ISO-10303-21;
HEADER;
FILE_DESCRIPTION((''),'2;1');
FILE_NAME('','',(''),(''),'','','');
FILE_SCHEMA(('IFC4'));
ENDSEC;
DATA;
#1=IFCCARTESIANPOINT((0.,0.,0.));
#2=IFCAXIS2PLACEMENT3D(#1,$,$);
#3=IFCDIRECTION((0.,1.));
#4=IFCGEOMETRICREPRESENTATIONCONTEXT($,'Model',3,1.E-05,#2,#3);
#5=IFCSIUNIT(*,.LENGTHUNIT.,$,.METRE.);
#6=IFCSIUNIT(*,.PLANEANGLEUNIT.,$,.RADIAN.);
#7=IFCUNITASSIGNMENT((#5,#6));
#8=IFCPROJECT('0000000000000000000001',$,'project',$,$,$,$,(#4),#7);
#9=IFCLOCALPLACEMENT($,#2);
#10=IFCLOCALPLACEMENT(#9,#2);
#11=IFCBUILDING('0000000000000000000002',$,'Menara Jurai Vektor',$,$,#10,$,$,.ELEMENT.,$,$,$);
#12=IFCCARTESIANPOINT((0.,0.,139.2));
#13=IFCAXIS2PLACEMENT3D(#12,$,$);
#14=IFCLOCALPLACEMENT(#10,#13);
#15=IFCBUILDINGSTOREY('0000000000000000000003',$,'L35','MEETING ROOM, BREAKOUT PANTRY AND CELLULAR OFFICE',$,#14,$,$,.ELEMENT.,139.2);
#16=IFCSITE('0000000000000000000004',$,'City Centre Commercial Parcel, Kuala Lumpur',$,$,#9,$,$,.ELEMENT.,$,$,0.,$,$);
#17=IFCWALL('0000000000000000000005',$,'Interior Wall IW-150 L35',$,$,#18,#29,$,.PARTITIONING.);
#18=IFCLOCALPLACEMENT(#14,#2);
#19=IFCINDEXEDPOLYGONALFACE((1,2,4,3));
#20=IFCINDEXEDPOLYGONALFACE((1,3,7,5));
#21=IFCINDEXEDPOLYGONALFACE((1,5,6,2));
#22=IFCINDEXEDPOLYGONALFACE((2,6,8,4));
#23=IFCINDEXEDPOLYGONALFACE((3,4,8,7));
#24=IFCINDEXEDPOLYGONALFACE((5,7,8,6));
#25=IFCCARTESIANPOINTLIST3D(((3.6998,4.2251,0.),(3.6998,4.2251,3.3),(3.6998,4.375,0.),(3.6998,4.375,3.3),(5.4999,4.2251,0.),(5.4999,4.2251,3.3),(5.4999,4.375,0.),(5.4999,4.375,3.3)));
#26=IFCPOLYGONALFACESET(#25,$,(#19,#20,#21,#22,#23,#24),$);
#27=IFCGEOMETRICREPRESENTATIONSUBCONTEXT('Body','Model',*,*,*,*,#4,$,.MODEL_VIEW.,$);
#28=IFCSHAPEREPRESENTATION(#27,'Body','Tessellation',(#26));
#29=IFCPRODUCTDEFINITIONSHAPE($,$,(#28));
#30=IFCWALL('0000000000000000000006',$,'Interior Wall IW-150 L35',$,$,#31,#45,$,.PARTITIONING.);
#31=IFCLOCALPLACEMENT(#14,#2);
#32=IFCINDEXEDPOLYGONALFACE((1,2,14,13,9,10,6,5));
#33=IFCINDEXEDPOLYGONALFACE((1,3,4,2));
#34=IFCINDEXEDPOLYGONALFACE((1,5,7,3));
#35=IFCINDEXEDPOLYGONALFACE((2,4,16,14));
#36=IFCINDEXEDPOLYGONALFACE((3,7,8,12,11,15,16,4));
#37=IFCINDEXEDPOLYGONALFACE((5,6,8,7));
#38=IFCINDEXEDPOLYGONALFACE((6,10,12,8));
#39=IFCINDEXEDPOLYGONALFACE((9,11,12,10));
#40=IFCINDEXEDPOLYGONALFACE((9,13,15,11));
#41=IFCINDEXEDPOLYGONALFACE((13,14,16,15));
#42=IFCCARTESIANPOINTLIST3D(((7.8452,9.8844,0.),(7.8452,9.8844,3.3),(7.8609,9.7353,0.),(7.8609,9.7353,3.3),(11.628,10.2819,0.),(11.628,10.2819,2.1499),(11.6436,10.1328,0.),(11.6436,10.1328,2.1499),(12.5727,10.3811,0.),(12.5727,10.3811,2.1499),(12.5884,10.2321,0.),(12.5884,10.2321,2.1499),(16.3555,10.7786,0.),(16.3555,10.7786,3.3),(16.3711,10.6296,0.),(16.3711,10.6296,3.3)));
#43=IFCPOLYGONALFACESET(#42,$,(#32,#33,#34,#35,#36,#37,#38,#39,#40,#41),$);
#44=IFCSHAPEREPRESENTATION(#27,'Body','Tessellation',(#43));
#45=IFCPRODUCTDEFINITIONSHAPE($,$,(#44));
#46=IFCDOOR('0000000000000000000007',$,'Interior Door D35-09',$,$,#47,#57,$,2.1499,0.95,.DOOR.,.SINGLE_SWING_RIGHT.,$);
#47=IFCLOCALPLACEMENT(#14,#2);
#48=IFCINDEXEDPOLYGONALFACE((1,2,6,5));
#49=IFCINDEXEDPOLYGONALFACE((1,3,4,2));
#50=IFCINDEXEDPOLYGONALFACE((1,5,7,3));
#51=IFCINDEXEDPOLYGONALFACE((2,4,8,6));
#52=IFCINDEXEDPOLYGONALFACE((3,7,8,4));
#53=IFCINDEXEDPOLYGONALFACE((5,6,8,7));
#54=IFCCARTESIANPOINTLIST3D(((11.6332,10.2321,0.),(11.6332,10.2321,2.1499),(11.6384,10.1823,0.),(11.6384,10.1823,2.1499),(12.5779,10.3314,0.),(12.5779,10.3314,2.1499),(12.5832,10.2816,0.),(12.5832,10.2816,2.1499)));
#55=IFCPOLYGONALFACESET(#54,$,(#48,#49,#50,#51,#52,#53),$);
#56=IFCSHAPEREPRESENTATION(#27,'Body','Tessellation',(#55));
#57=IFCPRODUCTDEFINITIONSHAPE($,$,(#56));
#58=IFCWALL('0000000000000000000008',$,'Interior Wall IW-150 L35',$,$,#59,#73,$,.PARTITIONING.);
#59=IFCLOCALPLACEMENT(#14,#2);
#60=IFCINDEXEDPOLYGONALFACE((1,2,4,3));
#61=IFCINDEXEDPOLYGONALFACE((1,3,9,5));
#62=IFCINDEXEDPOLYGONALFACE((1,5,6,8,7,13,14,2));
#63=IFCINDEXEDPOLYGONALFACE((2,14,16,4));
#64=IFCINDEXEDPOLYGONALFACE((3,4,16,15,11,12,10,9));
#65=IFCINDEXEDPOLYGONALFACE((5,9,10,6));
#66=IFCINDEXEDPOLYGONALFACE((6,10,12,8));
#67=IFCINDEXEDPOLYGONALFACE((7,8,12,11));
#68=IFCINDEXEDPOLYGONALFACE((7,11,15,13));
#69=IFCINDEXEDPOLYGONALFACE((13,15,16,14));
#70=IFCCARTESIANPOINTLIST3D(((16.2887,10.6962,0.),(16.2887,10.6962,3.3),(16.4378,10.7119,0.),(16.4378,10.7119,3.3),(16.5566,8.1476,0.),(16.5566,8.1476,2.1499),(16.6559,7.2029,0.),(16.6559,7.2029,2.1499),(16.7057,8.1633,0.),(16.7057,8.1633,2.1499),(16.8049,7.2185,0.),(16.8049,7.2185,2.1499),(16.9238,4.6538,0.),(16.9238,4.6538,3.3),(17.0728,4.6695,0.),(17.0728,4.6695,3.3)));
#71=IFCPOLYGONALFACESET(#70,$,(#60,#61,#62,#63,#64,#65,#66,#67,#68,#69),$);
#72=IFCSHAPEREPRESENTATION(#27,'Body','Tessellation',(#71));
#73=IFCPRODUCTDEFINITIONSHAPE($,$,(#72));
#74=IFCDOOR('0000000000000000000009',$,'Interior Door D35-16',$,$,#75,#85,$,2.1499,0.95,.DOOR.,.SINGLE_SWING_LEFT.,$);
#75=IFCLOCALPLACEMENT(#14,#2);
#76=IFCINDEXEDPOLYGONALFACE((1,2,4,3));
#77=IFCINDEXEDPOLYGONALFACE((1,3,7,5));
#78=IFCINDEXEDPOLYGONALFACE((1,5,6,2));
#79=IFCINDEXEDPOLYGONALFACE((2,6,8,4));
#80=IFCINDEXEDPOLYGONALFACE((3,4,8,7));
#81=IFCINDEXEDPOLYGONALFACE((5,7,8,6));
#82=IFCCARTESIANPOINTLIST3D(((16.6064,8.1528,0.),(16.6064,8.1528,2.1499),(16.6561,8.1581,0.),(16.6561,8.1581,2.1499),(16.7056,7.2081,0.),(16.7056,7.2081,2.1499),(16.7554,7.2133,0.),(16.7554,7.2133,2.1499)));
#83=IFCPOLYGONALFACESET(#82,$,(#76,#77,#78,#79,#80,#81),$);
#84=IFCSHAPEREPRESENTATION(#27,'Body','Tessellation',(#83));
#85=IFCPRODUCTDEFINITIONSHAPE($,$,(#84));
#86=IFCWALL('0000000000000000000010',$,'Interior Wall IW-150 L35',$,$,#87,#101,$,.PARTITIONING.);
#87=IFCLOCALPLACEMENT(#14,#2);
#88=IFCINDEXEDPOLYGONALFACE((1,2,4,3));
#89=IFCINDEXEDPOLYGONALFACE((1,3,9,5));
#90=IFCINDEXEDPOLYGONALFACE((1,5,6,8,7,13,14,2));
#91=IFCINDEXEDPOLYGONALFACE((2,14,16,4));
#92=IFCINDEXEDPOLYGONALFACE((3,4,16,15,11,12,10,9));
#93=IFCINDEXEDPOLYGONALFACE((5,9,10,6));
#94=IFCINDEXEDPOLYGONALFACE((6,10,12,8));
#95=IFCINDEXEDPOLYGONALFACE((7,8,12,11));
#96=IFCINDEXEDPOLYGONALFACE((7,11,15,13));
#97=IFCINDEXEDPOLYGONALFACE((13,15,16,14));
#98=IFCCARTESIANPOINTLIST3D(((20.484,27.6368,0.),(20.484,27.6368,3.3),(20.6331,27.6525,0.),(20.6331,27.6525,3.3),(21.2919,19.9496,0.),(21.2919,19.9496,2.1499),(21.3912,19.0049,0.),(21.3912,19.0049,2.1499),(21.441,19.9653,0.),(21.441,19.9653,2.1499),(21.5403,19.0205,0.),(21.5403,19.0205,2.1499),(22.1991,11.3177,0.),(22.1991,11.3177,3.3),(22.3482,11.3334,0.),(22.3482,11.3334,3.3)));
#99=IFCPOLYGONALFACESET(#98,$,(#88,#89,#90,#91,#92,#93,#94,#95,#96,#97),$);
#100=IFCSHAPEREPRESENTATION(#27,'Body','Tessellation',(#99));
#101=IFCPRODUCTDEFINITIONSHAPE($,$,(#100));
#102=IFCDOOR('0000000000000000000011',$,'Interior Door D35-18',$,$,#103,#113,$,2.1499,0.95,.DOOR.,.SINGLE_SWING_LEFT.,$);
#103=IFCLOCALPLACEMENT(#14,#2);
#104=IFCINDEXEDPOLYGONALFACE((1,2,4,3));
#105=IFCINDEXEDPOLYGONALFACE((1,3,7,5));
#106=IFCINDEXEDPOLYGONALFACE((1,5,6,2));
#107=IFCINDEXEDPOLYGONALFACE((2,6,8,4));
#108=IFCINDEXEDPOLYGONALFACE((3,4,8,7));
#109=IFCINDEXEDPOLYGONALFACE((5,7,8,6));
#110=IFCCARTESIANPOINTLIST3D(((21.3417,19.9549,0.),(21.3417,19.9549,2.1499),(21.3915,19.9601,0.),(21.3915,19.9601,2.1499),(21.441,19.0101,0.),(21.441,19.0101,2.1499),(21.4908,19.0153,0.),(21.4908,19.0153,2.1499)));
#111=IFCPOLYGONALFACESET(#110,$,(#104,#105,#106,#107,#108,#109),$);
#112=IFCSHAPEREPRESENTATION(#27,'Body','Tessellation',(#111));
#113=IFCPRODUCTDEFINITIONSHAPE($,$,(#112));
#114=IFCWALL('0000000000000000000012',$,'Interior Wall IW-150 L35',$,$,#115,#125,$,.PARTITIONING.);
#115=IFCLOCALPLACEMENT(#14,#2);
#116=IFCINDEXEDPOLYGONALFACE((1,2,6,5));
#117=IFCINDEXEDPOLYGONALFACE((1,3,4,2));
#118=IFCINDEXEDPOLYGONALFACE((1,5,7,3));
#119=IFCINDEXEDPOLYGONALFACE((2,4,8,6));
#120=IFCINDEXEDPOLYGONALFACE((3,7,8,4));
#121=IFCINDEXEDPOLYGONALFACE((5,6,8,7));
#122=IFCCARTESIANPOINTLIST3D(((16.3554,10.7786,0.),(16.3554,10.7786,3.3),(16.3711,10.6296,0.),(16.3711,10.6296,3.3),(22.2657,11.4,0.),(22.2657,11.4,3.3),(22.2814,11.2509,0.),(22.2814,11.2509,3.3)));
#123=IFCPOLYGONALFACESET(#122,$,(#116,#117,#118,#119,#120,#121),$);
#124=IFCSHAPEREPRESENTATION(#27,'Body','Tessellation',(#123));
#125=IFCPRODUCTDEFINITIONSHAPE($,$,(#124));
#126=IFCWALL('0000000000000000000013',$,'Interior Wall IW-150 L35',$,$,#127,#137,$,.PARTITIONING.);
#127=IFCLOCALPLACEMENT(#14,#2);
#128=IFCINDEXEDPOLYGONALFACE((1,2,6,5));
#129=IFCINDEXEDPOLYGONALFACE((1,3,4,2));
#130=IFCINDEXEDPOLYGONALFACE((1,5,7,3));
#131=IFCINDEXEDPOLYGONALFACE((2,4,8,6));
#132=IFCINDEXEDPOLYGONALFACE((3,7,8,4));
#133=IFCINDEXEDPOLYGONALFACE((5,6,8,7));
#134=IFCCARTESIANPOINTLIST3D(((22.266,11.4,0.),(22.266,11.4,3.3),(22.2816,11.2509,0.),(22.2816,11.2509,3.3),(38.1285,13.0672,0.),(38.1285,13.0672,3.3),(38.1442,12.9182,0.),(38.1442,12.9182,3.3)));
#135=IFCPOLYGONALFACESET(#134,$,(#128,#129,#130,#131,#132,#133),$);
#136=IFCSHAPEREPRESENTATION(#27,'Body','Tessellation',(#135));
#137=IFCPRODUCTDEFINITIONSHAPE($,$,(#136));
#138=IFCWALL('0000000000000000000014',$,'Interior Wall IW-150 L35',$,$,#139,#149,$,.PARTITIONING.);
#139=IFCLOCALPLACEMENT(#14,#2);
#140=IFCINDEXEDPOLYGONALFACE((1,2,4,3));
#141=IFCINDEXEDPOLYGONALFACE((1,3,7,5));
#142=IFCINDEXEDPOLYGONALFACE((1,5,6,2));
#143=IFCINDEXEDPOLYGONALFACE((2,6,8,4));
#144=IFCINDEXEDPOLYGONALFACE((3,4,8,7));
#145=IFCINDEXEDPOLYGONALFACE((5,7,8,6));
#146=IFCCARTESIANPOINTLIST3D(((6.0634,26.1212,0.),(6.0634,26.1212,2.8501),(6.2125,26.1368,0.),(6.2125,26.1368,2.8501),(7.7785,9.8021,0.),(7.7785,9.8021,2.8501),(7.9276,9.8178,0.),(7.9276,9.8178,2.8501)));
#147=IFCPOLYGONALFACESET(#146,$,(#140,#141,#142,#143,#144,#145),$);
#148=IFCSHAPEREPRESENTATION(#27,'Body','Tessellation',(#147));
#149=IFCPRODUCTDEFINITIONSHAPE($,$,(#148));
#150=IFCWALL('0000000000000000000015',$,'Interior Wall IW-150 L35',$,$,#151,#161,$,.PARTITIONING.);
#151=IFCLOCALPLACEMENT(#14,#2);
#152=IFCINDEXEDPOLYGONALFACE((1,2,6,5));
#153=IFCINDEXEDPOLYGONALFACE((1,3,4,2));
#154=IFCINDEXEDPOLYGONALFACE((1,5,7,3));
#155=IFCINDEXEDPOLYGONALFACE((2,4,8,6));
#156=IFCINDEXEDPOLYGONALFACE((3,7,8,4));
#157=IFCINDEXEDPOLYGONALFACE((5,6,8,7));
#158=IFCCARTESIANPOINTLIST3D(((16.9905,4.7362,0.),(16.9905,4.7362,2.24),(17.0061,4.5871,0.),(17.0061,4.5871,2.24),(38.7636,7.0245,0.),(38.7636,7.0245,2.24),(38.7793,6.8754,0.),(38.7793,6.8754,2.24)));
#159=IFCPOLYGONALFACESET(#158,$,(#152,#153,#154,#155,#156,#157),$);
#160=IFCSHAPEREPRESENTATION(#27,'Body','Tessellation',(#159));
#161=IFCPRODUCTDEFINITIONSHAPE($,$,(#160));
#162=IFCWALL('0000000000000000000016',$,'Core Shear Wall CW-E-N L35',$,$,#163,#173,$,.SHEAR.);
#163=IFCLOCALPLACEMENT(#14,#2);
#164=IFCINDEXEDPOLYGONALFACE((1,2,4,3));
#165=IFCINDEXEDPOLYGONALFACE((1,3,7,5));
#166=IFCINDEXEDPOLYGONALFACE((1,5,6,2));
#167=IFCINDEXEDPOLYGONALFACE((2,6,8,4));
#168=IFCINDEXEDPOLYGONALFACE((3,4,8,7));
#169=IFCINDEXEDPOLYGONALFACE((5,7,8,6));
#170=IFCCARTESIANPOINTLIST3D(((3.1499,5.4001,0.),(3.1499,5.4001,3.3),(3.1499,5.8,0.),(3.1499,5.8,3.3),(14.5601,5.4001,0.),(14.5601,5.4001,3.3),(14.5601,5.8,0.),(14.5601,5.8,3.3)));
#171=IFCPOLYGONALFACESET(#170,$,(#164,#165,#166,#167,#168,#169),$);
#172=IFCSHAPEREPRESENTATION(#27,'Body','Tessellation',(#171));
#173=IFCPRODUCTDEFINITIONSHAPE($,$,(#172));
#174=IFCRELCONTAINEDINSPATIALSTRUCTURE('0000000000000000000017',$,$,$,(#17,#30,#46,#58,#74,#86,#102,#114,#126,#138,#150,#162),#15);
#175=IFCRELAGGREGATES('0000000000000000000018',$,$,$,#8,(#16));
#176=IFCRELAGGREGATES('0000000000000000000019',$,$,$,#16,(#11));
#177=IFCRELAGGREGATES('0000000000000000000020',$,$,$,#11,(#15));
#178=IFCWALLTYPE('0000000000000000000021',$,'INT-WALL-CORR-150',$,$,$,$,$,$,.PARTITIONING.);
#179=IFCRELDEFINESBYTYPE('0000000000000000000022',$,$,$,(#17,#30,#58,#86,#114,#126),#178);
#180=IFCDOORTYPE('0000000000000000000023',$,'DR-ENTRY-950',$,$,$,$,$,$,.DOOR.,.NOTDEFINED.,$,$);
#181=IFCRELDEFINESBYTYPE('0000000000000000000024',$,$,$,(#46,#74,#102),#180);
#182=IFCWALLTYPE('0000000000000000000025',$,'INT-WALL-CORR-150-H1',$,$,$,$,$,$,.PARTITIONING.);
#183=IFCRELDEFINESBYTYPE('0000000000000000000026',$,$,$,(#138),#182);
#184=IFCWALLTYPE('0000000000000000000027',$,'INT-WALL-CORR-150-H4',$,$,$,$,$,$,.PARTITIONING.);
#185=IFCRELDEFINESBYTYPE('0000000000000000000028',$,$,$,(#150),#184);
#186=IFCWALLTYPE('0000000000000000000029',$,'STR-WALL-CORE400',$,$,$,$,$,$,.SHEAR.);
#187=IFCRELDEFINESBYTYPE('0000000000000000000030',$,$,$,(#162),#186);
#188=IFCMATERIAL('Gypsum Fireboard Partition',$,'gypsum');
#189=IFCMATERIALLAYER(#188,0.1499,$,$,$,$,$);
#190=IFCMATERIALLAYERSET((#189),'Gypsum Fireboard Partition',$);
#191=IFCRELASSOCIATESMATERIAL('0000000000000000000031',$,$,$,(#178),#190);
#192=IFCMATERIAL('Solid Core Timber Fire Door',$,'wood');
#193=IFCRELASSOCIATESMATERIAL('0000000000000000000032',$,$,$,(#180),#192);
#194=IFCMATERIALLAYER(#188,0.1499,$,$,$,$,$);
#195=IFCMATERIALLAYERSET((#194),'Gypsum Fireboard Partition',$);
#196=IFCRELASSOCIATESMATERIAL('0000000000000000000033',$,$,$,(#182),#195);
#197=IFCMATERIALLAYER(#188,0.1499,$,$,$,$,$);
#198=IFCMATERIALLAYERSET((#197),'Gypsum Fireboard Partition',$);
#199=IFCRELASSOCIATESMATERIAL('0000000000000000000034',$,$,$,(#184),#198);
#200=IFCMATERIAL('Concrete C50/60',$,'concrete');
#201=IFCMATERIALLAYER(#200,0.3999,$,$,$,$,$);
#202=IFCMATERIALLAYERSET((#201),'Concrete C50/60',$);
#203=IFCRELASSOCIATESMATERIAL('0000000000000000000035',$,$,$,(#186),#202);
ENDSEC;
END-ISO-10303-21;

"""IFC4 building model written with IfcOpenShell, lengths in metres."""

from ifc_helpers import new_model, si_unit, direction, frame, frame_2d, origin, place, context, subcontext, project, spatial, rectangle, extrude, material, layer, layer_set, type_object, element, fill, save


model = new_model("IFC4")

# Units and contexts
model_context = context("Model", 3, precision=1e-05, world=origin(), true_north=direction((0.0, 1.0)))
body_context = subcontext(model_context, "Body", "Model", "MODEL_VIEW")
ifc_project = project(units=[si_unit("LENGTHUNIT", "METRE"), si_unit("PLANEANGLEUNIT", "RADIAN")], contexts=[model_context])

# Site, building, storey
site_placement = place(None, origin())
site = spatial("IfcSite", under=ifc_project, at=site_placement, Name="City Centre Commercial Parcel, Kuala Lumpur", CompositionType="ELEMENT", RefElevation=0.0)
building_placement = place(site_placement, origin())
building = spatial("IfcBuilding", under=site, at=building_placement, Name="Menara Jurai Vektor", CompositionType="ELEMENT")
storey_placement = place(building_placement, frame((0.0, 0.0, 139.2)))
storey = spatial("IfcBuildingStorey", under=building, at=storey_placement, Name="L35", Description="MEETING ROOM, BREAKOUT PANTRY AND CELLULAR OFFICE", CompositionType="ELEMENT", Elevation=139.2)

# Shared definitions
ifc_material_1 = material(Name="Concrete C50/60", Category="concrete")

# Wall
ifc_material_2 = material(Name="Gypsum Fireboard Partition", Category="gypsum")
ifc_layer_1 = layer(ifc_material_2, 0.1499)
ifc_layer_set_1 = layer_set([ifc_layer_1], Name="Gypsum Fireboard Partition")
wall_type_1 = type_object("IfcWallType", Name="INT-WALL-CORR-150", PredefinedType="PARTITIONING", material=ifc_layer_set_1)
wall_1_placement = place(storey_placement, frame((3.7, 4.3, 0.0), z_axis=(0.0, 0.0, 1.0), x_axis=(1.0, 0.0, 0.0)))
element("IfcWall", 1, at=wall_1_placement, inside=storey, type_object=wall_type_1, Name="Interior Wall IW-150 L35", PredefinedType="PARTITIONING", context=body_context, shape_type="SweptSolid", body=[
    extrude(rectangle(XDim=1.8, YDim=0.1499, at=frame_2d((0.8999, 0.0))), origin(), (0.0, 0.0, 1.0), 3.3),
])

# Walls, openings, doors
wall_2_placement = place(storey_placement, frame((7.853, 9.8098, 0.0), z_axis=(0.0, 0.0, 1.0), x_axis=(0.994524, 0.104508, 0.0)))
wall_2 = element("IfcWall", 2, at=wall_2_placement, inside=storey, type_object=wall_type_1, Name="Interior Wall IW-150 L35", PredefinedType="PARTITIONING", context=body_context, shape_type="SweptSolid", body=[
    extrude(rectangle(XDim=8.5571, YDim=0.1499, at=frame_2d((4.2786, 0.0))), origin(), (0.0, 0.0, 1.0), 3.3),
])
opening_1_placement = place(wall_2_placement, frame((3.8035, 0.0, 0.0)))
opening_1 = element("IfcOpeningElement", 3, at=opening_1_placement, cuts=wall_2, PredefinedType="OPENING", context=body_context, shape_type="SweptSolid", body=[
    extrude(rectangle(XDim=0.95, YDim=2.1499, at=frame_2d((0.4751, 1.075))), frame((0.0, 0.085, 0.0), z_axis=(0.0, -1.0, 0.0), x_axis=(1.0, 0.0, 0.0)), (0.0, 0.0, 1.0), 0.1699),
])
ifc_material_3 = material(Name="Solid Core Timber Fire Door", Category="wood")
door_type_1 = type_object("IfcDoorType", Name="DR-ENTRY-950", OperationType="NOTDEFINED", PredefinedType="DOOR", material=ifc_material_3)
door_1_placement = place(opening_1_placement, origin())
door_1 = element("IfcDoor", 4, at=door_1_placement, inside=storey, type_object=door_type_1, Name="Interior Door D35-09", OperationType="SINGLE_SWING_RIGHT", OverallHeight=2.1499, OverallWidth=0.95, PredefinedType="DOOR", context=body_context, shape_type="SweptSolid", body=[
    extrude(rectangle(XDim=0.95, YDim=2.1499, at=frame_2d((0.4751, 1.075))), frame((0.0, 0.0249, 0.0), z_axis=(0.0, -1.0, 0.0), x_axis=(1.0, 0.0, 0.0)), (0.0, 0.0, 1.0), 0.05),
])
fill(opening_1, door_1)
wall_3_placement = place(storey_placement, frame((16.9983, 4.6616, 0.0), z_axis=(0.0, 0.0, 1.0), x_axis=(-0.104515, 0.994523, 0.0)))
wall_3 = element("IfcWall", 5, at=wall_3_placement, inside=storey, type_object=wall_type_1, Name="Interior Wall IW-150 L35", PredefinedType="PARTITIONING", context=body_context, shape_type="SweptSolid", body=[
    extrude(rectangle(XDim=6.0757, YDim=0.1499, at=frame_2d((3.0378, 0.0))), origin(), (0.0, 0.0, 1.0), 3.3),
])
opening_2_placement = place(wall_3_placement, frame((2.563, 0.0, 0.0)))
opening_2 = element("IfcOpeningElement", 6, at=opening_2_placement, cuts=wall_3, PredefinedType="OPENING", context=body_context, shape_type="SweptSolid", body=[
    extrude(rectangle(XDim=0.95, YDim=2.1499, at=frame_2d((0.4751, 1.075))), frame((0.0, 0.085, 0.0), z_axis=(0.0, -1.0, 0.0), x_axis=(1.0, 0.0, 0.0)), (0.0, 0.0, 1.0), 0.1699),
])
door_2_placement = place(opening_2_placement, origin())
door_2 = element("IfcDoor", 7, at=door_2_placement, inside=storey, type_object=door_type_1, Name="Interior Door D35-16", OperationType="SINGLE_SWING_LEFT", OverallHeight=2.1499, OverallWidth=0.95, PredefinedType="DOOR", context=body_context, shape_type="SweptSolid", body=[
    extrude(rectangle(XDim=0.95, YDim=2.1499, at=frame_2d((0.4751, 1.075))), frame((0.0, 0.0249, 0.0), z_axis=(0.0, -1.0, 0.0), x_axis=(1.0, 0.0, 0.0)), (0.0, 0.0, 1.0), 0.05),
])
fill(opening_2, door_2)
wall_4_placement = place(storey_placement, frame((22.2737, 11.3254, 0.0), z_axis=(0.0, 0.0, 1.0), x_axis=(-0.104521, 0.994523, 0.0)))
wall_4 = element("IfcWall", 8, at=wall_4_placement, inside=storey, type_object=wall_type_1, Name="Interior Wall IW-150 L35", PredefinedType="PARTITIONING", context=body_context, shape_type="SweptSolid", body=[
    extrude(rectangle(XDim=16.4089, YDim=0.1499, at=frame_2d((8.2046, 0.0))), origin(), (0.0, 0.0, 1.0), 3.3),
])
opening_3_placement = place(wall_4_placement, frame((7.7295, 0.0, 0.0)))
opening_3 = element("IfcOpeningElement", 9, at=opening_3_placement, cuts=wall_4, PredefinedType="OPENING", context=body_context, shape_type="SweptSolid", body=[
    extrude(rectangle(XDim=0.95, YDim=2.1499, at=frame_2d((0.4751, 1.075))), frame((0.0, 0.085, 0.0), z_axis=(0.0, -1.0, 0.0), x_axis=(1.0, 0.0, 0.0)), (0.0, 0.0, 1.0), 0.1699),
])
door_3_placement = place(opening_3_placement, origin())
door_3 = element("IfcDoor", 10, at=door_3_placement, inside=storey, type_object=door_type_1, Name="Interior Door D35-18", OperationType="SINGLE_SWING_LEFT", OverallHeight=2.1499, OverallWidth=0.95, PredefinedType="DOOR", context=body_context, shape_type="SweptSolid", body=[
    extrude(rectangle(XDim=0.95, YDim=2.1499, at=frame_2d((0.4751, 1.075))), frame((0.0, 0.0249, 0.0), z_axis=(0.0, -1.0, 0.0), x_axis=(1.0, 0.0, 0.0)), (0.0, 0.0, 1.0), 0.05),
])
fill(opening_3, door_3)

# Walls
wall_5_placement = place(storey_placement, frame((16.3633, 10.7041, 0.0), z_axis=(0.0, 0.0, 1.0), x_axis=(0.99452, 0.10455, 0.0)))
element("IfcWall", 11, at=wall_5_placement, inside=storey, type_object=wall_type_1, Name="Interior Wall IW-150 L35", PredefinedType="PARTITIONING", context=body_context, shape_type="SweptSolid", body=[
    extrude(rectangle(XDim=5.9429, YDim=0.1499, at=frame_2d((2.9714, 0.0))), origin(), (0.0, 0.0, 1.0), 3.3),
])
wall_6_placement = place(storey_placement, frame((22.2737, 11.3254, 0.0), z_axis=(0.0, 0.0, 1.0), x_axis=(0.994522, 0.104529, 0.0)))
element("IfcWall", 12, at=wall_6_placement, inside=storey, type_object=wall_type_1, Name="Interior Wall IW-150 L35", PredefinedType="PARTITIONING", context=body_context, shape_type="SweptSolid", body=[
    extrude(rectangle(XDim=15.95, YDim=0.1499, at=frame_2d((7.9751, 0.0))), origin(), (0.0, 0.0, 1.0), 3.3),
])
ifc_layer_2 = layer(ifc_material_2, 0.1499)
ifc_layer_set_2 = layer_set([ifc_layer_2], Name="Gypsum Fireboard Partition")
wall_type_2 = type_object("IfcWallType", Name="INT-WALL-CORR-150-H1", PredefinedType="PARTITIONING", material=ifc_layer_set_2)
wall_7_placement = place(storey_placement, frame((7.853, 9.8098, 0.0), z_axis=(0.0, 0.0, 1.0), x_axis=(-0.104521, 0.994523, 0.0)))
element("IfcWall", 13, at=wall_7_placement, inside=storey, type_object=wall_type_2, Name="Interior Wall IW-150 L35", PredefinedType="PARTITIONING", context=body_context, shape_type="SweptSolid", body=[
    extrude(rectangle(XDim=16.4089, YDim=0.1499, at=frame_2d((8.2046, 0.0))), origin(), (0.0, 0.0, 1.0), 2.8501),
])
ifc_layer_3 = layer(ifc_material_2, 0.1499)
ifc_layer_set_3 = layer_set([ifc_layer_3], Name="Gypsum Fireboard Partition")
wall_type_3 = type_object("IfcWallType", Name="INT-WALL-CORR-150-H4", PredefinedType="PARTITIONING", material=ifc_layer_set_3)
wall_8_placement = place(storey_placement, frame((16.9983, 4.6616, 0.0), z_axis=(0.0, 0.0, 1.0), x_axis=(0.994522, 0.104523, 0.0)))
element("IfcWall", 14, at=wall_8_placement, inside=storey, type_object=wall_type_3, Name="Interior Wall IW-150 L35", PredefinedType="PARTITIONING", context=body_context, shape_type="SweptSolid", body=[
    extrude(rectangle(XDim=21.8931, YDim=0.1499, at=frame_2d((10.9465, 0.0))), origin(), (0.0, 0.0, 1.0), 2.24),
])
ifc_layer_4 = layer(ifc_material_1, 0.3999)
ifc_layer_set_4 = layer_set([ifc_layer_4], Name="Concrete C50/60")
wall_type_4 = type_object("IfcWallType", Name="STR-WALL-CORE400", PredefinedType="SHEAR", material=ifc_layer_set_4)
wall_9_placement = place(storey_placement, frame((3.1499, 5.6001, 0.0), z_axis=(0.0, 0.0, 1.0), x_axis=(1.0, 0.0, 0.0)))
element("IfcWall", 15, at=wall_9_placement, inside=storey, type_object=wall_type_4, Name="Core Shear Wall CW-E-N L35", PredefinedType="SHEAR", context=body_context, shape_type="SweptSolid", body=[
    extrude(rectangle(XDim=11.4102, YDim=0.3999, at=frame_2d((5.7051, 0.0))), origin(), (0.0, 0.0, 1.0), 3.3),
])

save(model, "model.ifc")
